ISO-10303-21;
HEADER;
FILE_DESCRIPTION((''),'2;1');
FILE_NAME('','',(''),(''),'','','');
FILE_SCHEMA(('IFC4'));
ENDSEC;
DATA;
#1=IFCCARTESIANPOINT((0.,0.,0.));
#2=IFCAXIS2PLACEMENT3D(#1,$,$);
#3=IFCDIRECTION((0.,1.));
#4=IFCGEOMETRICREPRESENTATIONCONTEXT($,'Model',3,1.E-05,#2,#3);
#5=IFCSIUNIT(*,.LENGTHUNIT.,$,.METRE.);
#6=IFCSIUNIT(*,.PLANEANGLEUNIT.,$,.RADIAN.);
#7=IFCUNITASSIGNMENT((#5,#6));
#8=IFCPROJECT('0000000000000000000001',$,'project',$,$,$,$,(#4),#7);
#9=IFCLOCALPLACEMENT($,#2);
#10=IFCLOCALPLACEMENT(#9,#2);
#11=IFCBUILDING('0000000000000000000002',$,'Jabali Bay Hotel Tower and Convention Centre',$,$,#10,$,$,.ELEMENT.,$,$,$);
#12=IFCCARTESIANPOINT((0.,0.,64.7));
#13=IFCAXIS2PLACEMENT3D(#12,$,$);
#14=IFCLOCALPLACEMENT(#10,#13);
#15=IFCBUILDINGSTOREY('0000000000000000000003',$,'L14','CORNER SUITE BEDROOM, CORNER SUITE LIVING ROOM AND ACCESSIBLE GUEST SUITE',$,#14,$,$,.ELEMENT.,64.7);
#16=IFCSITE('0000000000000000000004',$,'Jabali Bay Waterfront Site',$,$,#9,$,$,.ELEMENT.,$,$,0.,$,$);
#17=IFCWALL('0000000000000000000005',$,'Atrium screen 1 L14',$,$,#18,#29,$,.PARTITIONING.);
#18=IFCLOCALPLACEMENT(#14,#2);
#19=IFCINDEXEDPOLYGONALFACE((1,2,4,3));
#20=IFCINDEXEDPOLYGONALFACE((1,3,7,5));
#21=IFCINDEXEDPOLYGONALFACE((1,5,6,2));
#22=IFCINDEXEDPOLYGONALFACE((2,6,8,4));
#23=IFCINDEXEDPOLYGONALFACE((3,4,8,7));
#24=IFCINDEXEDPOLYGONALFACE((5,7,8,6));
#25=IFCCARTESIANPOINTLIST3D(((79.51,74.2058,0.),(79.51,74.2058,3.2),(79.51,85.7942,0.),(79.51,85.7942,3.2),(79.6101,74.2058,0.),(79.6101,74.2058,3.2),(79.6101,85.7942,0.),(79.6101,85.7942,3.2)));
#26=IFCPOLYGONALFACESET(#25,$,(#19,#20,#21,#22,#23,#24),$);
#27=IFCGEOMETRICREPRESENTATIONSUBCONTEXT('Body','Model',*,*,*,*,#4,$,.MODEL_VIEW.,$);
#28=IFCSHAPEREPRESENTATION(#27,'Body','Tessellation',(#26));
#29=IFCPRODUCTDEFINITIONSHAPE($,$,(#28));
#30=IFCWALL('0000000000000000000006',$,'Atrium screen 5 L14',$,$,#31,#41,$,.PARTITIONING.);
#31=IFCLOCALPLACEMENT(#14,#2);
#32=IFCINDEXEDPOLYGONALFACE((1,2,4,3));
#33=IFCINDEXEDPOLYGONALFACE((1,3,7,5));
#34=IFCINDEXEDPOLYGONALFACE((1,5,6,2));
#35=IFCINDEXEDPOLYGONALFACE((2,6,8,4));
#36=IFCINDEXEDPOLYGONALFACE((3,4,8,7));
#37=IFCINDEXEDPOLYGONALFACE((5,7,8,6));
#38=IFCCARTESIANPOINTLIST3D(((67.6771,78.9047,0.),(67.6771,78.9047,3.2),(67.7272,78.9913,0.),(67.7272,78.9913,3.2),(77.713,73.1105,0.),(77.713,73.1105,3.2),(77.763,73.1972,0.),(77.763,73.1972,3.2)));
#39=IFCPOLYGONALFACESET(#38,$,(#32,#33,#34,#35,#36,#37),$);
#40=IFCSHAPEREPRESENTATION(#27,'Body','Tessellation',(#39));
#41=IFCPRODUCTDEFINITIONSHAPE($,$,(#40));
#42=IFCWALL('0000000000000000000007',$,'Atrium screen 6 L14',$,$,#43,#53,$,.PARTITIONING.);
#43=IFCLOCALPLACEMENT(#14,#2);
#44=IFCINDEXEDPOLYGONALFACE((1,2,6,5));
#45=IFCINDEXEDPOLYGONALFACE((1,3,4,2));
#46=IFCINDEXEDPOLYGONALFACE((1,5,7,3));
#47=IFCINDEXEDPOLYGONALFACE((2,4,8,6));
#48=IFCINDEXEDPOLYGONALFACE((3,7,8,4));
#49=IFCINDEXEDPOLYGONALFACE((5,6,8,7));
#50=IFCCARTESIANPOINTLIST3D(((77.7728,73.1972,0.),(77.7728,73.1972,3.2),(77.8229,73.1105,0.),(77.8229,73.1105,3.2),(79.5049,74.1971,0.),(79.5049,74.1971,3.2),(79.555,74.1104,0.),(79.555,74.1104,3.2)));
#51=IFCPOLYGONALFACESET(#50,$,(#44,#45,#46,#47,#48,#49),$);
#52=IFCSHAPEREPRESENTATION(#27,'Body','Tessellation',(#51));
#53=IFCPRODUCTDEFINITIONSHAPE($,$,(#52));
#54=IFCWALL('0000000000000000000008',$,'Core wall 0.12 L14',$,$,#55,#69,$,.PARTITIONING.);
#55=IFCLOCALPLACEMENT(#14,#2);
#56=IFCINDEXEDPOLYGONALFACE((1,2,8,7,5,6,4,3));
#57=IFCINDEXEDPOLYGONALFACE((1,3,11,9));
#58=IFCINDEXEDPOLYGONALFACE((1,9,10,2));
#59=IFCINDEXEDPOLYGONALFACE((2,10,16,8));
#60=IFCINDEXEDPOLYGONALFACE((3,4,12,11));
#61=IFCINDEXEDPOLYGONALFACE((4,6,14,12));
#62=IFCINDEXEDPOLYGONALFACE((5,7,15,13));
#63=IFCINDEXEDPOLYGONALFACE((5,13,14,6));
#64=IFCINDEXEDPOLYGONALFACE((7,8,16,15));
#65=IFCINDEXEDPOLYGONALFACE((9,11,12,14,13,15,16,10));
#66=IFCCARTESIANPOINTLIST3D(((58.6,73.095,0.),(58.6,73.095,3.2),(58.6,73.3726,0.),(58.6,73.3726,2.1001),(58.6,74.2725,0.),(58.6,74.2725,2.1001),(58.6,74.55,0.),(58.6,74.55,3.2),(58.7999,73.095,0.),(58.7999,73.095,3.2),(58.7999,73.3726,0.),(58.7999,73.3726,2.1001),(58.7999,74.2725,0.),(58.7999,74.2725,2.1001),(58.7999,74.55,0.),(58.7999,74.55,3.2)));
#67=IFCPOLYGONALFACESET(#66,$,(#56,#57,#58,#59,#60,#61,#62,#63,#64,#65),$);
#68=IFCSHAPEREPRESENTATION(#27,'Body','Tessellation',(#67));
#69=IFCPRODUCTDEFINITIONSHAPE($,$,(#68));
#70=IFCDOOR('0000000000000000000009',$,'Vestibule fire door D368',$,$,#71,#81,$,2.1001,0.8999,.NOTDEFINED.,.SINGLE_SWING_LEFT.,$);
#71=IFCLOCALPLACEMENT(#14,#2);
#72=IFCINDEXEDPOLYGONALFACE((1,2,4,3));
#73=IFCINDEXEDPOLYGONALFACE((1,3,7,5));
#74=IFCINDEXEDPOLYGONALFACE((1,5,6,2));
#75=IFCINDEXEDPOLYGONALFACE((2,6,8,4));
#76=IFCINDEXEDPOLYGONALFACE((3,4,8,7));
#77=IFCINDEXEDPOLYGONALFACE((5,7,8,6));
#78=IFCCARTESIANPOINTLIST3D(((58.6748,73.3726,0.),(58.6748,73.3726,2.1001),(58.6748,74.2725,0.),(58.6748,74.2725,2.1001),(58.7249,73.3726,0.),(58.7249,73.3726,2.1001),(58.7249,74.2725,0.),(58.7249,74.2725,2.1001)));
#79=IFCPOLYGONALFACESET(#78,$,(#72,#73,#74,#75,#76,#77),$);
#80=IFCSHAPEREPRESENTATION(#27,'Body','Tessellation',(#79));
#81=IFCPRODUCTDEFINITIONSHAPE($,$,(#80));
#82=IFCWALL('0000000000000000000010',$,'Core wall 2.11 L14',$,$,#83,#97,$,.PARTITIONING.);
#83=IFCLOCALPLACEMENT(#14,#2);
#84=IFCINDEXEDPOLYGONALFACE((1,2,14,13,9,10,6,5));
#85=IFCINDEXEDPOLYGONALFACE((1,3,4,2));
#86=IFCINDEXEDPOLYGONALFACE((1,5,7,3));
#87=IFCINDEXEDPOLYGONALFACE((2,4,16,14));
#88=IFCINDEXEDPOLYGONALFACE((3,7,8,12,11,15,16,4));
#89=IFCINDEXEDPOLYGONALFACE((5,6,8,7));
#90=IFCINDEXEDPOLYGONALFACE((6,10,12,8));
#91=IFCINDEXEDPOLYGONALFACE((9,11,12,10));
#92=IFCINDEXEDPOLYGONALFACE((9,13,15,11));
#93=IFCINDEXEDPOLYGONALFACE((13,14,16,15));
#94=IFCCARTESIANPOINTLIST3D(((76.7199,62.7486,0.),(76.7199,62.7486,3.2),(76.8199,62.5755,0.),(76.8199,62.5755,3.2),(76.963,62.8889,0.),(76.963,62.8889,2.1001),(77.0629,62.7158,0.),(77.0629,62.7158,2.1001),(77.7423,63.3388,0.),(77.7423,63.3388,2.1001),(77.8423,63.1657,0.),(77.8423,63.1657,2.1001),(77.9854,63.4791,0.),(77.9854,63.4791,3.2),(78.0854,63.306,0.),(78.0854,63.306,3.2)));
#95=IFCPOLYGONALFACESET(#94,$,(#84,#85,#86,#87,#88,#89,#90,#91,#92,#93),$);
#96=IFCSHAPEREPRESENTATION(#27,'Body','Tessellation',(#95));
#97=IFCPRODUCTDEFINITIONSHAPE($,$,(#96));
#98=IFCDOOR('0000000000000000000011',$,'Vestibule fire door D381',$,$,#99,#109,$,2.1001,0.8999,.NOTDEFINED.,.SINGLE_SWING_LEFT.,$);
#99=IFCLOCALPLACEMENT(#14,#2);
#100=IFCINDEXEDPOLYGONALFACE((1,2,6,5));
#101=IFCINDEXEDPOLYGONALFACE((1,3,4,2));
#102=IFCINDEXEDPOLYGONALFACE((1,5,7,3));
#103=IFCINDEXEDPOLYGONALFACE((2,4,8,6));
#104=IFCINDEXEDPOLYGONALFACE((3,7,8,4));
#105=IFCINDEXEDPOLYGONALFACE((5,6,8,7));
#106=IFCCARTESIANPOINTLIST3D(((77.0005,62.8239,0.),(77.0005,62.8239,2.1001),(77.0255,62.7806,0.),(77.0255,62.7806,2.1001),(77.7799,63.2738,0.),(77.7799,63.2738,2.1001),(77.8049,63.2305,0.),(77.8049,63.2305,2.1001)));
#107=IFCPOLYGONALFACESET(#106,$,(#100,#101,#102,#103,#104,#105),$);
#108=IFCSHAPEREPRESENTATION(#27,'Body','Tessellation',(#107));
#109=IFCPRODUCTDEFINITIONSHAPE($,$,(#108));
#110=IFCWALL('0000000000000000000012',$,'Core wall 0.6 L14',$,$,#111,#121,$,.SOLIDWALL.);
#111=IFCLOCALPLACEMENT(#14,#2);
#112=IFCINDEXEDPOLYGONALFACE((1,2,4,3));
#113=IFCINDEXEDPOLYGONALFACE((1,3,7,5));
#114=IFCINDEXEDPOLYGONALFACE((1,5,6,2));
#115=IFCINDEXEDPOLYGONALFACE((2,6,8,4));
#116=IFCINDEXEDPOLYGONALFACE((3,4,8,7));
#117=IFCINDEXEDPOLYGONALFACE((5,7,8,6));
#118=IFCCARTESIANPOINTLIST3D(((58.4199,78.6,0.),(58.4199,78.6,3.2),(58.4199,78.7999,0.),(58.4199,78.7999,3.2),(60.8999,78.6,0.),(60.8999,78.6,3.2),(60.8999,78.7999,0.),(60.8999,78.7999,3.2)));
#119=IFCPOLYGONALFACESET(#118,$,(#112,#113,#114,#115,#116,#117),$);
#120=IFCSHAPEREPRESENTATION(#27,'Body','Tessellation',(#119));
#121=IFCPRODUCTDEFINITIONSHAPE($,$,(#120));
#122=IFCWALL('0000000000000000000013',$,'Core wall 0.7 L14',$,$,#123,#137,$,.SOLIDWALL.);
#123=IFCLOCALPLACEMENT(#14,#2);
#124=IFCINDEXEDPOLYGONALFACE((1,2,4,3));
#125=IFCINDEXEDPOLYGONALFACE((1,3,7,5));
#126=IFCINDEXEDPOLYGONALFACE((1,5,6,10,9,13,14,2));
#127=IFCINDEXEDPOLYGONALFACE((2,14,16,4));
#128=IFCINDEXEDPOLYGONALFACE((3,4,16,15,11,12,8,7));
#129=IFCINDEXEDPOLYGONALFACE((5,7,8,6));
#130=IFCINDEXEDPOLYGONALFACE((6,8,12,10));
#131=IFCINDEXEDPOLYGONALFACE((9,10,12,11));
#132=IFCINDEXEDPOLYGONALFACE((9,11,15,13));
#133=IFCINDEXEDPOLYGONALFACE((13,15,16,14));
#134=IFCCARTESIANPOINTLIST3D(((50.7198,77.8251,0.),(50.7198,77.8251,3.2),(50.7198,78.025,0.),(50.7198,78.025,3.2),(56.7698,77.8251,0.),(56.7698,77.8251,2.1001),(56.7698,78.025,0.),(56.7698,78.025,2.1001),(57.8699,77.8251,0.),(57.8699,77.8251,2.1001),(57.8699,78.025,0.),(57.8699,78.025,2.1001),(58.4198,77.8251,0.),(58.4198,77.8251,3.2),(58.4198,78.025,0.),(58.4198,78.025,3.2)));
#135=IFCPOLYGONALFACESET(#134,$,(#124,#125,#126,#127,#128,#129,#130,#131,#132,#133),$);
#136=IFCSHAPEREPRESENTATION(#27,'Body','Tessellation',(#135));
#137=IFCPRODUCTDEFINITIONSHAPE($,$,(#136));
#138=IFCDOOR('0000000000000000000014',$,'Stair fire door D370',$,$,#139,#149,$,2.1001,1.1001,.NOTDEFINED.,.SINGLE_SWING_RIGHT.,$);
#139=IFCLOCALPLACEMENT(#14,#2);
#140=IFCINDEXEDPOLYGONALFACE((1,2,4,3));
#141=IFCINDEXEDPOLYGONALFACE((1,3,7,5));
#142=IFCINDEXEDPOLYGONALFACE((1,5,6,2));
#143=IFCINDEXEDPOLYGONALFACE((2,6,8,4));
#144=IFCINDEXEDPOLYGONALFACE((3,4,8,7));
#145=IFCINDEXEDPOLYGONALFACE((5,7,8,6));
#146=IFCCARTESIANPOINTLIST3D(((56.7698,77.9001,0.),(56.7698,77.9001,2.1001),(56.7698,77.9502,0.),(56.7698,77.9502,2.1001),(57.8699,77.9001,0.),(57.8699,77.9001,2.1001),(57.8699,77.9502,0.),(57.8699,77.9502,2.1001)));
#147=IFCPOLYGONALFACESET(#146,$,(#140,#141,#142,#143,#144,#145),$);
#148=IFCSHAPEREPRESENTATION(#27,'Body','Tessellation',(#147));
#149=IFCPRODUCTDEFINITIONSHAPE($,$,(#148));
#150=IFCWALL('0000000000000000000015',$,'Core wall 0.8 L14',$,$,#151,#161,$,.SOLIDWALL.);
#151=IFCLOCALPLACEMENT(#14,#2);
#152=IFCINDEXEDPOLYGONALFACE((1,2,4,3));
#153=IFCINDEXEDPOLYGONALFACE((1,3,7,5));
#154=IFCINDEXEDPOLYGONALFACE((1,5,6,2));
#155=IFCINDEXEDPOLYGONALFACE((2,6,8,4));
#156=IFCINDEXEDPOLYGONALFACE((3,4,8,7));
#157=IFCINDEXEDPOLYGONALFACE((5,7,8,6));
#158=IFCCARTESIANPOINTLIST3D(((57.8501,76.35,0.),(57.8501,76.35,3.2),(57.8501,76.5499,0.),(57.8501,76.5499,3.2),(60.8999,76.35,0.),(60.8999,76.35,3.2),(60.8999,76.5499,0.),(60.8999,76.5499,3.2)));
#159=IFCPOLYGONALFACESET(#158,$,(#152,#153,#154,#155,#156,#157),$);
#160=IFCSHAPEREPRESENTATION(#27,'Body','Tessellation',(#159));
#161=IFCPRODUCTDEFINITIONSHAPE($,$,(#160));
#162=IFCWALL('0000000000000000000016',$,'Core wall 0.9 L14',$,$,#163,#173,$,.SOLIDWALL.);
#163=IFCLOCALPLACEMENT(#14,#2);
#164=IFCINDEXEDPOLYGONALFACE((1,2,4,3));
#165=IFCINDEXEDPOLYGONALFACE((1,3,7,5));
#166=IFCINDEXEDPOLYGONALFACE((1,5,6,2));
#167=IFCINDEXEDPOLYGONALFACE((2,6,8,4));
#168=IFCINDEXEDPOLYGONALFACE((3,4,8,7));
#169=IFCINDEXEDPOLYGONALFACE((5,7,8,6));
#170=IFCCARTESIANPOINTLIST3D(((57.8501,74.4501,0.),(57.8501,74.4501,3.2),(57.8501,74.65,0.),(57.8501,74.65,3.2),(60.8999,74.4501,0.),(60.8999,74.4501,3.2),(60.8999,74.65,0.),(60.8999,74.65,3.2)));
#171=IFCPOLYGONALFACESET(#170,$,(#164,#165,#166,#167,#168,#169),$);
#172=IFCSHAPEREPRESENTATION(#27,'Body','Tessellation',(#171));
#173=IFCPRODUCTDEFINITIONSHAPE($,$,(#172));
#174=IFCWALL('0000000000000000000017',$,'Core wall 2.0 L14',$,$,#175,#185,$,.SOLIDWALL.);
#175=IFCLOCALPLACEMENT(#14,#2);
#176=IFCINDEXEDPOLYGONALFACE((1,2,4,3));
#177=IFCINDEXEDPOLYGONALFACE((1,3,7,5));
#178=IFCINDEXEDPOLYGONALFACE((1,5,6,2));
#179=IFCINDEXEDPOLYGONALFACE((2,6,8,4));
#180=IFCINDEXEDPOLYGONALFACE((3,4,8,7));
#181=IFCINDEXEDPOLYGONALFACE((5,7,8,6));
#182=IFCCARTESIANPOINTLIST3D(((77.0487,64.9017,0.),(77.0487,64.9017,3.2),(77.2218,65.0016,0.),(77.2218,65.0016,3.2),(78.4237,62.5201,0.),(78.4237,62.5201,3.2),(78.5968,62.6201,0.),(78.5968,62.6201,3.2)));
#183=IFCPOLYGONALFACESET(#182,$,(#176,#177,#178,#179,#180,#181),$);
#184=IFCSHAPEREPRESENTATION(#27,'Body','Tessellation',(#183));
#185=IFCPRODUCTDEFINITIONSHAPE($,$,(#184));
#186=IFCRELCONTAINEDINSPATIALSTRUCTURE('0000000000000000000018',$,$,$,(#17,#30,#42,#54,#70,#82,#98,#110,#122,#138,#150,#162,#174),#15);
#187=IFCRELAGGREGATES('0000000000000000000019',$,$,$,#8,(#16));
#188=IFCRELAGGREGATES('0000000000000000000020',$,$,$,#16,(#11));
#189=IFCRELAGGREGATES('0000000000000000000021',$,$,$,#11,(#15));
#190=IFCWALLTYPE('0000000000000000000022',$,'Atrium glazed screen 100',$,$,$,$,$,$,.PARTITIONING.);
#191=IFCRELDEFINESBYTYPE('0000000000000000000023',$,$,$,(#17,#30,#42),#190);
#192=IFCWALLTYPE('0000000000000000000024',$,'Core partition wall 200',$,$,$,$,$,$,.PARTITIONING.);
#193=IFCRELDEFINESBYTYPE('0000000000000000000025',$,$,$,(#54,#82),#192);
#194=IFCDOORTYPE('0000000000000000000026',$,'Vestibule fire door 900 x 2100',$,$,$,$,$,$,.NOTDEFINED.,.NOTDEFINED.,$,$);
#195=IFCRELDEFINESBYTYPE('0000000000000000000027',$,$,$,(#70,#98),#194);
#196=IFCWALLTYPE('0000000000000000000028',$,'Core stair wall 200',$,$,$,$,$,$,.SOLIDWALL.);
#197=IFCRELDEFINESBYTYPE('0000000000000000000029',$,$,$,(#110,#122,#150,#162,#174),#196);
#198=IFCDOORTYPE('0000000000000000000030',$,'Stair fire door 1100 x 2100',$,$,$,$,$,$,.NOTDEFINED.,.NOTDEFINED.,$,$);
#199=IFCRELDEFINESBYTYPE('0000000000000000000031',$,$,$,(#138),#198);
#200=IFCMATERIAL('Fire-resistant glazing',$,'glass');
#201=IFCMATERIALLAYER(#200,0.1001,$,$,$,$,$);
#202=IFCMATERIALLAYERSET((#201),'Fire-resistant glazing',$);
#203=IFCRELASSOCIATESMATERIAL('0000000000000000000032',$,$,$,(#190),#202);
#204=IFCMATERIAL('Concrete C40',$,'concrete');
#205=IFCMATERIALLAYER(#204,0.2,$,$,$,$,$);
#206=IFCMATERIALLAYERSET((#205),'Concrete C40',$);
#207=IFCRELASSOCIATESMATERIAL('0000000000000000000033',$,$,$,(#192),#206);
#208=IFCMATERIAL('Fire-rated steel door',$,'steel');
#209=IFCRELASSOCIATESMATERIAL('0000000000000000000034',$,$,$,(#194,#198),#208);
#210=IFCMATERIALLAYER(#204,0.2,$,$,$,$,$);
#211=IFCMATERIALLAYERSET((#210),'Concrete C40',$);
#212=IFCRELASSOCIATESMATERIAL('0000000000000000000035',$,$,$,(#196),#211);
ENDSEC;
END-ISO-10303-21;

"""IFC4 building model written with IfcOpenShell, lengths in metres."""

from ifc_helpers import new_model, si_unit, direction, frame, frame_2d, origin, place, context, subcontext, project, spatial, rectangle, extrude, material, layer, layer_set, type_object, element, fill, save


model = new_model("IFC4")

# Units and contexts
model_context = context("Model", 3, precision=1e-05, world=origin(), true_north=direction((0.0, 1.0)))
body_context = subcontext(model_context, "Body", "Model", "MODEL_VIEW")
ifc_project = project(units=[si_unit("LENGTHUNIT", "METRE"), si_unit("PLANEANGLEUNIT", "RADIAN")], contexts=[model_context])

# Site, building, storey
site_placement = place(None, origin())
site = spatial("IfcSite", under=ifc_project, at=site_placement, Name="Jabali Bay Waterfront Site", CompositionType="ELEMENT", RefElevation=0.0)
building_placement = place(site_placement, origin())
building = spatial("IfcBuilding", under=site, at=building_placement, Name="Jabali Bay Hotel Tower and Convention Centre", CompositionType="ELEMENT")
storey_placement = place(building_placement, frame((0.0, 0.0, 64.7)))
storey = spatial("IfcBuildingStorey", under=building, at=storey_placement, Name="L14", Description="CORNER SUITE BEDROOM, CORNER SUITE LIVING ROOM AND ACCESSIBLE GUEST SUITE", CompositionType="ELEMENT", Elevation=64.7)

# Walls
ifc_material_1 = material(Name="Fire-resistant glazing", Category="glass")
ifc_layer_1 = layer(ifc_material_1, 0.1001)
ifc_layer_set_1 = layer_set([ifc_layer_1], Name="Fire-resistant glazing")
wall_type_1 = type_object("IfcWallType", Name="Atrium glazed screen 100", PredefinedType="PARTITIONING", material=ifc_layer_set_1)
for number, where, z_axis, x_axis, name in (
    (1, (79.5601, 74.2058, 0.0), (0.0, 0.0, 1.0), (0.0, 1.0, 0.0), "Atrium screen 1 L14"),
    (2, (67.7021, 78.948, 0.0), (0.0, 0.0, 1.0), (0.866027, -0.499998, 0.0), "Atrium screen 5 L14"),
):
    element("IfcWall", number, at=place(storey_placement, frame(where, z_axis=z_axis, x_axis=x_axis)), inside=storey, type_object=wall_type_1, Name=name, PredefinedType="PARTITIONING", context=body_context, shape_type="SweptSolid", body=[
        extrude(rectangle(XDim=11.5884, YDim=0.1001, at=frame_2d((5.7942, 0.0))), origin(), (0.0, 0.0, 1.0), 3.2),
    ])
wall_1_placement = place(storey_placement, frame((77.7979, 73.1538, 0.0), z_axis=(0.0, 0.0, 1.0), x_axis=(0.866041, 0.499973, 0.0)))
element("IfcWall", 3, at=wall_1_placement, inside=storey, type_object=wall_type_1, Name="Atrium screen 6 L14", PredefinedType="PARTITIONING", context=body_context, shape_type="SweptSolid", body=[
    extrude(rectangle(XDim=2.0, YDim=0.1001, at=frame_2d((1.0, 0.0))), origin(), (0.0, 0.0, 1.0), 3.2),
])

# Walls, openings, doors
ifc_material_2 = material(Name="Concrete C40", Category="concrete")
ifc_layer_2 = layer(ifc_material_2, 0.2)
ifc_layer_set_2 = layer_set([ifc_layer_2], Name="Concrete C40")
wall_type_2 = type_object("IfcWallType", Name="Core partition wall 200", PredefinedType="PARTITIONING", material=ifc_layer_set_2)
wall_2_placement = place(storey_placement, frame((58.7, 74.55, 0.0), z_axis=(0.0, 0.0, 1.0), x_axis=(0.0, -1.0, 0.0)))
wall_2 = element("IfcWall", 4, at=wall_2_placement, inside=storey, type_object=wall_type_2, Name="Core wall 0.12 L14", PredefinedType="PARTITIONING", context=body_context, shape_type="SweptSolid", body=[
    extrude(rectangle(XDim=1.4551, YDim=0.2, at=frame_2d((0.7275, 0.0))), origin(), (0.0, 0.0, 1.0), 3.2),
])
opening_1_placement = place(wall_2_placement, frame((0.2776, 0.0, 0.0)))
opening_1 = element("IfcOpeningElement", 5, at=opening_1_placement, cuts=wall_2, PredefinedType="OPENING", context=body_context, shape_type="SweptSolid", body=[
    extrude(rectangle(XDim=0.8999, YDim=2.1001, at=frame_2d((0.45, 1.05))), frame((0.0, 0.1104, 0.0), z_axis=(0.0, -1.0, 0.0), x_axis=(1.0, 0.0, 0.0)), (0.0, 0.0, 1.0), 0.2209),
])
ifc_material_3 = material(Name="Fire-rated steel door", Category="steel")
door_type_1 = type_object("IfcDoorType", Name="Vestibule fire door 900 x 2100", OperationType="NOTDEFINED", PredefinedType="NOTDEFINED", material=ifc_material_3)
door_1_placement = place(opening_1_placement, origin())
door_1 = element("IfcDoor", 6, at=door_1_placement, inside=storey, type_object=door_type_1, Name="Vestibule fire door D368", OperationType="SINGLE_SWING_LEFT", OverallHeight=2.1001, OverallWidth=0.8999, PredefinedType="NOTDEFINED", context=body_context, shape_type="SweptSolid", body=[
    extrude(rectangle(XDim=0.8999, YDim=2.1001, at=frame_2d((0.45, 1.05))), frame((0.0, 0.0249, 0.0), z_axis=(0.0, -1.0, 0.0), x_axis=(1.0, 0.0, 0.0)), (0.0, 0.0, 1.0), 0.05),
])
fill(opening_1, door_1)
wall_3_placement = place(storey_placement, frame((76.77, 62.6621, 0.0), z_axis=(0.0, 0.0, 1.0), x_axis=(0.866055, 0.499949, 0.0)))
wall_3 = element("IfcWall", 7, at=wall_3_placement, inside=storey, type_object=wall_type_2, Name="Core wall 2.11 L14", PredefinedType="PARTITIONING", context=body_context, shape_type="SweptSolid", body=[
    extrude(rectangle(XDim=1.4612, YDim=0.2, at=frame_2d((0.7305, 0.0))), origin(), (0.0, 0.0, 1.0), 3.2),
])
opening_2_placement = place(wall_3_placement, frame((0.2805, 0.0, 0.0)))
opening_2 = element("IfcOpeningElement", 8, at=opening_2_placement, cuts=wall_3, PredefinedType="OPENING", context=body_context, shape_type="SweptSolid", body=[
    extrude(rectangle(XDim=0.8999, YDim=2.1001, at=frame_2d((0.45, 1.05))), frame((0.0, 0.1104, 0.0), z_axis=(0.0, -1.0, 0.0), x_axis=(1.0, 0.0, 0.0)), (0.0, 0.0, 1.0), 0.2209),
])
door_2_placement = place(opening_2_placement, origin())
door_2 = element("IfcDoor", 9, at=door_2_placement, inside=storey, type_object=door_type_1, Name="Vestibule fire door D381", OperationType="SINGLE_SWING_LEFT", OverallHeight=2.1001, OverallWidth=0.8999, PredefinedType="NOTDEFINED", context=body_context, shape_type="SweptSolid", body=[
    extrude(rectangle(XDim=0.8999, YDim=2.1001, at=frame_2d((0.45, 1.05))), frame((0.0, 0.0249, 0.0), z_axis=(0.0, -1.0, 0.0), x_axis=(1.0, 0.0, 0.0)), (0.0, 0.0, 1.0), 0.05),
])
fill(opening_2, door_2)

# Wall
ifc_layer_3 = layer(ifc_material_2, 0.2)
ifc_layer_set_3 = layer_set([ifc_layer_3], Name="Concrete C40")
wall_type_3 = type_object("IfcWallType", Name="Core stair wall 200", PredefinedType="SOLIDWALL", material=ifc_layer_set_3)
wall_4_placement = place(storey_placement, frame((60.8999, 78.7, 0.0), z_axis=(0.0, 0.0, 1.0), x_axis=(-1.0, 0.0, 0.0)))
element("IfcWall", 10, at=wall_4_placement, inside=storey, type_object=wall_type_3, Name="Core wall 0.6 L14", PredefinedType="SOLIDWALL", context=body_context, shape_type="SweptSolid", body=[
    extrude(rectangle(XDim=2.48, YDim=0.2, at=frame_2d((1.24, 0.0))), origin(), (0.0, 0.0, 1.0), 3.2),
])

# Wall, opening, door
wall_5_placement = place(storey_placement, frame((58.4199, 77.925, 0.0), z_axis=(0.0, 0.0, 1.0), x_axis=(-1.0, 0.0, 0.0)))
wall_5 = element("IfcWall", 11, at=wall_5_placement, inside=storey, type_object=wall_type_3, Name="Core wall 0.7 L14", PredefinedType="SOLIDWALL", context=body_context, shape_type="SweptSolid", body=[
    extrude(rectangle(XDim=7.7, YDim=0.2, at=frame_2d((3.8501, 0.0))), origin(), (0.0, 0.0, 1.0), 3.2),
])
opening_3_placement = place(wall_5_placement, frame((0.55, 0.0, 0.0)))
opening_3 = element("IfcOpeningElement", 12, at=opening_3_placement, cuts=wall_5, PredefinedType="OPENING", context=body_context, shape_type="SweptSolid", body=[
    extrude(rectangle(XDim=1.1001, YDim=2.1001, at=frame_2d((0.55, 1.05))), frame((0.0, 0.1104, 0.0), z_axis=(0.0, -1.0, 0.0), x_axis=(1.0, 0.0, 0.0)), (0.0, 0.0, 1.0), 0.2209),
])
door_type_2 = type_object("IfcDoorType", Name="Stair fire door 1100 x 2100", OperationType="NOTDEFINED", PredefinedType="NOTDEFINED", material=ifc_material_3)
door_3_placement = place(opening_3_placement, origin())
door_3 = element("IfcDoor", 13, at=door_3_placement, inside=storey, type_object=door_type_2, Name="Stair fire door D370", OperationType="SINGLE_SWING_RIGHT", OverallHeight=2.1001, OverallWidth=1.1001, PredefinedType="NOTDEFINED", context=body_context, shape_type="SweptSolid", body=[
    extrude(rectangle(XDim=1.1001, YDim=2.1001, at=frame_2d((0.55, 1.05))), frame((0.0, 0.0249, 0.0), z_axis=(0.0, -1.0, 0.0), x_axis=(1.0, 0.0, 0.0)), (0.0, 0.0, 1.0), 0.05),
])
fill(opening_3, door_3)

# Walls
for number, where, z_axis, x_axis, name in (
    (14, (60.8999, 76.45, 0.0), (0.0, 0.0, 1.0), (-1.0, 0.0, 0.0), "Core wall 0.8 L14"),
    (15, (60.8999, 74.55, 0.0), (0.0, 0.0, 1.0), (-1.0, 0.0, 0.0), "Core wall 0.9 L14"),
):
    element("IfcWall", number, at=place(storey_placement, frame(where, z_axis=z_axis, x_axis=x_axis)), inside=storey, type_object=wall_type_3, Name=name, PredefinedType="SOLIDWALL", context=body_context, shape_type="SweptSolid", body=[
        extrude(rectangle(XDim=3.0498, YDim=0.2, at=frame_2d((1.5249, 0.0))), origin(), (0.0, 0.0, 1.0), 3.2),
    ])
for number, where, z_axis, x_axis, name in (
    (16, (77.1353, 64.9517, 0.0), (0.0, 0.0, 1.0), (0.499997, -0.866027, 0.0), "Core wall 2.0 L14"),
):
    element("IfcWall", number, at=place(storey_placement, frame(where, z_axis=z_axis, x_axis=x_axis)), inside=storey, type_object=wall_type_3, Name=name, PredefinedType="SOLIDWALL", context=body_context, shape_type="SweptSolid", body=[
        extrude(rectangle(XDim=2.75, YDim=0.2, at=frame_2d((1.375, 0.0))), origin(), (0.0, 0.0, 1.0), 3.2),
    ])

save(model, "model.ifc")
